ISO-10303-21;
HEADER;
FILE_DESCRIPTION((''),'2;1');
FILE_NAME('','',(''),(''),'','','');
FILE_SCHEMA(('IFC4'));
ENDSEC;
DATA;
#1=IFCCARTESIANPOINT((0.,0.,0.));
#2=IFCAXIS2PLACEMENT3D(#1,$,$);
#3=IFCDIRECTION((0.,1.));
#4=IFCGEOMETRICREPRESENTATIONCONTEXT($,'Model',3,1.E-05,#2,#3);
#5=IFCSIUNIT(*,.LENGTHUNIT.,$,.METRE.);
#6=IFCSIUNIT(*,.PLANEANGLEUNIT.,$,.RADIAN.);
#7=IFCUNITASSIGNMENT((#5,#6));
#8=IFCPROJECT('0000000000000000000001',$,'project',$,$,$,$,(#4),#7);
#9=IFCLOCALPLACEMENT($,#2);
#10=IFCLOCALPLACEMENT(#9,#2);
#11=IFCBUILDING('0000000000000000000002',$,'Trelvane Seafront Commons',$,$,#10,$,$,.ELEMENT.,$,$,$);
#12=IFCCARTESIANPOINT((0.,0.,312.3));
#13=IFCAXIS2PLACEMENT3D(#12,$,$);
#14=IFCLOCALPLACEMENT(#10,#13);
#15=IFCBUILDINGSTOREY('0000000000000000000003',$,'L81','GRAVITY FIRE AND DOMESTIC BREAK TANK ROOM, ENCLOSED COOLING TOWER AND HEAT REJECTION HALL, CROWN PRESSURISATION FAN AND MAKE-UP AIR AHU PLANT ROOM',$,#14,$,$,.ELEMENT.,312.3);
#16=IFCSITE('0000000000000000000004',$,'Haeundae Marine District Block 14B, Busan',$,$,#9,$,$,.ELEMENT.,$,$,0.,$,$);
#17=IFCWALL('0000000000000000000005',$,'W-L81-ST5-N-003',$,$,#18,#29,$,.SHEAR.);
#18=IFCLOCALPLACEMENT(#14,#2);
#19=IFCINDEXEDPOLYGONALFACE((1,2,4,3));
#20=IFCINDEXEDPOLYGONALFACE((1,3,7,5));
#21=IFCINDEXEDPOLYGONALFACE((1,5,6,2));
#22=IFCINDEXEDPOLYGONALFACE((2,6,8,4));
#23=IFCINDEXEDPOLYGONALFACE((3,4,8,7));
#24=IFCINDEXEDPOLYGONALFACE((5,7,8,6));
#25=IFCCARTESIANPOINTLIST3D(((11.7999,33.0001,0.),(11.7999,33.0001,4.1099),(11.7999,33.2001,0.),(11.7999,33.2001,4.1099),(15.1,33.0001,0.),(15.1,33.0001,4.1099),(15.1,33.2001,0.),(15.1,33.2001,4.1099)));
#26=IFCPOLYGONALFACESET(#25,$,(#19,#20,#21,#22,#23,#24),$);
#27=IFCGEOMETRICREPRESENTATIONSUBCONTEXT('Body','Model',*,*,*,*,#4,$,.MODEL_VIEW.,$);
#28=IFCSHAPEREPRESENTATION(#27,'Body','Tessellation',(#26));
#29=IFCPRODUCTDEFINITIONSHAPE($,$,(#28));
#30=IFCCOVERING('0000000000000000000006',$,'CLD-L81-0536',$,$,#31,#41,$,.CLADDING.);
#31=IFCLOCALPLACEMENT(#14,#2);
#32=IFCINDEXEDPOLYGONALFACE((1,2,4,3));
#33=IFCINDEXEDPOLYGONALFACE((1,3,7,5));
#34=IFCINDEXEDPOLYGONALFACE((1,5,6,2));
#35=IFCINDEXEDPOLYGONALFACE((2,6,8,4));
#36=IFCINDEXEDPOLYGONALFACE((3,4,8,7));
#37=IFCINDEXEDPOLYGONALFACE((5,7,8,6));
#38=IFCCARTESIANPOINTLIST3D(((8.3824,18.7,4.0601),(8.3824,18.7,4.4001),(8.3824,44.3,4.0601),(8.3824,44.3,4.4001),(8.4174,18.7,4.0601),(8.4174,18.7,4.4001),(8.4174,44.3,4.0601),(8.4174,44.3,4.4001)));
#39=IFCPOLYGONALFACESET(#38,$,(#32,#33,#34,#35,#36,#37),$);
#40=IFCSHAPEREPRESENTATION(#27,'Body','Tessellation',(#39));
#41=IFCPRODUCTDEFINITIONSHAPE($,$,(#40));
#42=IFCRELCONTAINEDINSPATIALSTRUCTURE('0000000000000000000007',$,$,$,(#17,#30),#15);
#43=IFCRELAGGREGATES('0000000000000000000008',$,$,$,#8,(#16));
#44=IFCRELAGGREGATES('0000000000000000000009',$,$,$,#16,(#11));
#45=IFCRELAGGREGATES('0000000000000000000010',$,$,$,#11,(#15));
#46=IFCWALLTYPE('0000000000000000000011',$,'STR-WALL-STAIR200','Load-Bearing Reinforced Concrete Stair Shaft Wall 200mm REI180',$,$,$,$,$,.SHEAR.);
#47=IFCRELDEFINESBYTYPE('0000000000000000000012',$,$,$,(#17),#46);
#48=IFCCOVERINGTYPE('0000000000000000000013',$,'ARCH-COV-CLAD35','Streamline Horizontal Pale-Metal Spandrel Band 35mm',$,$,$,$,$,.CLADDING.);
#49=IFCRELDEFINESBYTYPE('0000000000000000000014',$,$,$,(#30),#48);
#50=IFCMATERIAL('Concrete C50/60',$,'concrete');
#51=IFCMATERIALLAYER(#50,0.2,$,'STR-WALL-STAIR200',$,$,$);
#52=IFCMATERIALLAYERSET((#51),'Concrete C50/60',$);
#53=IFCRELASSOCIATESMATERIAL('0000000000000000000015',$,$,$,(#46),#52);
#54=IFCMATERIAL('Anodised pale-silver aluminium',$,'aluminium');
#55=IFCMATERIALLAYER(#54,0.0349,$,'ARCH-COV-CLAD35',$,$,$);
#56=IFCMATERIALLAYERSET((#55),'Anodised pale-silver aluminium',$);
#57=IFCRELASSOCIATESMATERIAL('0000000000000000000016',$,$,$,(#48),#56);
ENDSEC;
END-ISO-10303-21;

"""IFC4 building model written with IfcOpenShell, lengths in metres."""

from ifc_helpers import new_model, si_unit, direction, frame, frame_2d, origin, origin_2d, place, context, subcontext, project, spatial, rectangle, extrude, source, transform, mapped, material, layer, layer_set, type_object, element, save


model = new_model("IFC4")

# Units and contexts
model_context = context("Model", 3, precision=1e-05, world=origin(), true_north=direction((0.0, 1.0)))
body_context = subcontext(model_context, "Body", "Model", "MODEL_VIEW")
ifc_project = project(units=[si_unit("LENGTHUNIT", "METRE"), si_unit("PLANEANGLEUNIT", "RADIAN")], contexts=[model_context])

# Site, building, storey
site_placement = place(None, origin())
site = spatial("IfcSite", under=ifc_project, at=site_placement, Name="Haeundae Marine District Block 14B, Busan", CompositionType="ELEMENT", RefElevation=0.0)
building_placement = place(site_placement, origin())
building = spatial("IfcBuilding", under=site, at=building_placement, Name="Trelvane Seafront Commons", CompositionType="ELEMENT")
storey_placement = place(building_placement, frame((0.0, 0.0, 312.3)))
storey = spatial("IfcBuildingStorey", under=building, at=storey_placement, Name="L81", Description="GRAVITY FIRE AND DOMESTIC BREAK TANK ROOM, ENCLOSED COOLING TOWER AND HEAT REJECTION HALL, CROWN PRESSURISATION FAN AND MAKE-UP AIR AHU PLANT ROOM", CompositionType="ELEMENT", Elevation=312.3)

# Shared definitions
ifc_material_1 = material(Name="Anodised pale-silver aluminium", Category="aluminium")

# Wall
ifc_material_2 = material(Name="Concrete C50/60", Category="concrete")
ifc_layer_1 = layer(ifc_material_2, 0.2, Name="STR-WALL-STAIR200")
ifc_layer_set_1 = layer_set([ifc_layer_1], Name="Concrete C50/60")
wall_type_1 = type_object("IfcWallType", Name="STR-WALL-STAIR200", Description="Load-Bearing Reinforced Concrete Stair Shaft Wall 200mm REI180", PredefinedType="SHEAR", material=ifc_layer_set_1)
wall_1_placement = place(storey_placement, frame((11.8, 33.1001, 0.0), z_axis=(0.0, 0.0, 1.0), x_axis=(1.0, 0.0, 0.0)))
element("IfcWall", 1, at=wall_1_placement, inside=storey, type_object=wall_type_1, Name="W-L81-ST5-N-003", PredefinedType="SHEAR", context=body_context, shape_type="SweptSolid", body=[
    extrude(rectangle(XDim=3.3, YDim=0.2, at=frame_2d((1.6499, 0.0))), origin(), (0.0, 0.0, 1.0), 4.1099),
])

# Covering
ifc_layer_2 = layer(ifc_material_1, 0.0349, Name="ARCH-COV-CLAD35")
ifc_layer_set_2 = layer_set([ifc_layer_2], Name="Anodised pale-silver aluminium")
covering_type = type_object("IfcCoveringType", Name="ARCH-COV-CLAD35", Description="Streamline Horizontal Pale-Metal Spandrel Band 35mm", PredefinedType="CLADDING", material=ifc_layer_set_2)
shared_shape_1 = source(origin(), body_context, "Body", "SweptSolid", [
    extrude(rectangle(XDim=25.6001, YDim=0.0349, at=origin_2d()), origin(), (0.0, 0.0, 1.0), 0.3401),
])
covering_placement = place(storey_placement, frame((8.3999, 31.5, 4.0601), z_axis=(0.0, 0.0, 1.0), x_axis=(0.0, 1.0, 0.0)))
element("IfcCovering", 2, at=covering_placement, inside=storey, type_object=covering_type, Name="CLD-L81-0536", PredefinedType="CLADDING", context=body_context, shape_type="MappedRepresentation", body=[
    mapped(shared_shape_1, transform((0.0, 0.0, 0.0), x_axis=(1.0, 0.0, 0.0), y_axis=(0.0, 1.0, 0.0), z_axis=(0.0, 0.0, 1.0), scale=1.0)),
])

save(model, "model.ifc")
